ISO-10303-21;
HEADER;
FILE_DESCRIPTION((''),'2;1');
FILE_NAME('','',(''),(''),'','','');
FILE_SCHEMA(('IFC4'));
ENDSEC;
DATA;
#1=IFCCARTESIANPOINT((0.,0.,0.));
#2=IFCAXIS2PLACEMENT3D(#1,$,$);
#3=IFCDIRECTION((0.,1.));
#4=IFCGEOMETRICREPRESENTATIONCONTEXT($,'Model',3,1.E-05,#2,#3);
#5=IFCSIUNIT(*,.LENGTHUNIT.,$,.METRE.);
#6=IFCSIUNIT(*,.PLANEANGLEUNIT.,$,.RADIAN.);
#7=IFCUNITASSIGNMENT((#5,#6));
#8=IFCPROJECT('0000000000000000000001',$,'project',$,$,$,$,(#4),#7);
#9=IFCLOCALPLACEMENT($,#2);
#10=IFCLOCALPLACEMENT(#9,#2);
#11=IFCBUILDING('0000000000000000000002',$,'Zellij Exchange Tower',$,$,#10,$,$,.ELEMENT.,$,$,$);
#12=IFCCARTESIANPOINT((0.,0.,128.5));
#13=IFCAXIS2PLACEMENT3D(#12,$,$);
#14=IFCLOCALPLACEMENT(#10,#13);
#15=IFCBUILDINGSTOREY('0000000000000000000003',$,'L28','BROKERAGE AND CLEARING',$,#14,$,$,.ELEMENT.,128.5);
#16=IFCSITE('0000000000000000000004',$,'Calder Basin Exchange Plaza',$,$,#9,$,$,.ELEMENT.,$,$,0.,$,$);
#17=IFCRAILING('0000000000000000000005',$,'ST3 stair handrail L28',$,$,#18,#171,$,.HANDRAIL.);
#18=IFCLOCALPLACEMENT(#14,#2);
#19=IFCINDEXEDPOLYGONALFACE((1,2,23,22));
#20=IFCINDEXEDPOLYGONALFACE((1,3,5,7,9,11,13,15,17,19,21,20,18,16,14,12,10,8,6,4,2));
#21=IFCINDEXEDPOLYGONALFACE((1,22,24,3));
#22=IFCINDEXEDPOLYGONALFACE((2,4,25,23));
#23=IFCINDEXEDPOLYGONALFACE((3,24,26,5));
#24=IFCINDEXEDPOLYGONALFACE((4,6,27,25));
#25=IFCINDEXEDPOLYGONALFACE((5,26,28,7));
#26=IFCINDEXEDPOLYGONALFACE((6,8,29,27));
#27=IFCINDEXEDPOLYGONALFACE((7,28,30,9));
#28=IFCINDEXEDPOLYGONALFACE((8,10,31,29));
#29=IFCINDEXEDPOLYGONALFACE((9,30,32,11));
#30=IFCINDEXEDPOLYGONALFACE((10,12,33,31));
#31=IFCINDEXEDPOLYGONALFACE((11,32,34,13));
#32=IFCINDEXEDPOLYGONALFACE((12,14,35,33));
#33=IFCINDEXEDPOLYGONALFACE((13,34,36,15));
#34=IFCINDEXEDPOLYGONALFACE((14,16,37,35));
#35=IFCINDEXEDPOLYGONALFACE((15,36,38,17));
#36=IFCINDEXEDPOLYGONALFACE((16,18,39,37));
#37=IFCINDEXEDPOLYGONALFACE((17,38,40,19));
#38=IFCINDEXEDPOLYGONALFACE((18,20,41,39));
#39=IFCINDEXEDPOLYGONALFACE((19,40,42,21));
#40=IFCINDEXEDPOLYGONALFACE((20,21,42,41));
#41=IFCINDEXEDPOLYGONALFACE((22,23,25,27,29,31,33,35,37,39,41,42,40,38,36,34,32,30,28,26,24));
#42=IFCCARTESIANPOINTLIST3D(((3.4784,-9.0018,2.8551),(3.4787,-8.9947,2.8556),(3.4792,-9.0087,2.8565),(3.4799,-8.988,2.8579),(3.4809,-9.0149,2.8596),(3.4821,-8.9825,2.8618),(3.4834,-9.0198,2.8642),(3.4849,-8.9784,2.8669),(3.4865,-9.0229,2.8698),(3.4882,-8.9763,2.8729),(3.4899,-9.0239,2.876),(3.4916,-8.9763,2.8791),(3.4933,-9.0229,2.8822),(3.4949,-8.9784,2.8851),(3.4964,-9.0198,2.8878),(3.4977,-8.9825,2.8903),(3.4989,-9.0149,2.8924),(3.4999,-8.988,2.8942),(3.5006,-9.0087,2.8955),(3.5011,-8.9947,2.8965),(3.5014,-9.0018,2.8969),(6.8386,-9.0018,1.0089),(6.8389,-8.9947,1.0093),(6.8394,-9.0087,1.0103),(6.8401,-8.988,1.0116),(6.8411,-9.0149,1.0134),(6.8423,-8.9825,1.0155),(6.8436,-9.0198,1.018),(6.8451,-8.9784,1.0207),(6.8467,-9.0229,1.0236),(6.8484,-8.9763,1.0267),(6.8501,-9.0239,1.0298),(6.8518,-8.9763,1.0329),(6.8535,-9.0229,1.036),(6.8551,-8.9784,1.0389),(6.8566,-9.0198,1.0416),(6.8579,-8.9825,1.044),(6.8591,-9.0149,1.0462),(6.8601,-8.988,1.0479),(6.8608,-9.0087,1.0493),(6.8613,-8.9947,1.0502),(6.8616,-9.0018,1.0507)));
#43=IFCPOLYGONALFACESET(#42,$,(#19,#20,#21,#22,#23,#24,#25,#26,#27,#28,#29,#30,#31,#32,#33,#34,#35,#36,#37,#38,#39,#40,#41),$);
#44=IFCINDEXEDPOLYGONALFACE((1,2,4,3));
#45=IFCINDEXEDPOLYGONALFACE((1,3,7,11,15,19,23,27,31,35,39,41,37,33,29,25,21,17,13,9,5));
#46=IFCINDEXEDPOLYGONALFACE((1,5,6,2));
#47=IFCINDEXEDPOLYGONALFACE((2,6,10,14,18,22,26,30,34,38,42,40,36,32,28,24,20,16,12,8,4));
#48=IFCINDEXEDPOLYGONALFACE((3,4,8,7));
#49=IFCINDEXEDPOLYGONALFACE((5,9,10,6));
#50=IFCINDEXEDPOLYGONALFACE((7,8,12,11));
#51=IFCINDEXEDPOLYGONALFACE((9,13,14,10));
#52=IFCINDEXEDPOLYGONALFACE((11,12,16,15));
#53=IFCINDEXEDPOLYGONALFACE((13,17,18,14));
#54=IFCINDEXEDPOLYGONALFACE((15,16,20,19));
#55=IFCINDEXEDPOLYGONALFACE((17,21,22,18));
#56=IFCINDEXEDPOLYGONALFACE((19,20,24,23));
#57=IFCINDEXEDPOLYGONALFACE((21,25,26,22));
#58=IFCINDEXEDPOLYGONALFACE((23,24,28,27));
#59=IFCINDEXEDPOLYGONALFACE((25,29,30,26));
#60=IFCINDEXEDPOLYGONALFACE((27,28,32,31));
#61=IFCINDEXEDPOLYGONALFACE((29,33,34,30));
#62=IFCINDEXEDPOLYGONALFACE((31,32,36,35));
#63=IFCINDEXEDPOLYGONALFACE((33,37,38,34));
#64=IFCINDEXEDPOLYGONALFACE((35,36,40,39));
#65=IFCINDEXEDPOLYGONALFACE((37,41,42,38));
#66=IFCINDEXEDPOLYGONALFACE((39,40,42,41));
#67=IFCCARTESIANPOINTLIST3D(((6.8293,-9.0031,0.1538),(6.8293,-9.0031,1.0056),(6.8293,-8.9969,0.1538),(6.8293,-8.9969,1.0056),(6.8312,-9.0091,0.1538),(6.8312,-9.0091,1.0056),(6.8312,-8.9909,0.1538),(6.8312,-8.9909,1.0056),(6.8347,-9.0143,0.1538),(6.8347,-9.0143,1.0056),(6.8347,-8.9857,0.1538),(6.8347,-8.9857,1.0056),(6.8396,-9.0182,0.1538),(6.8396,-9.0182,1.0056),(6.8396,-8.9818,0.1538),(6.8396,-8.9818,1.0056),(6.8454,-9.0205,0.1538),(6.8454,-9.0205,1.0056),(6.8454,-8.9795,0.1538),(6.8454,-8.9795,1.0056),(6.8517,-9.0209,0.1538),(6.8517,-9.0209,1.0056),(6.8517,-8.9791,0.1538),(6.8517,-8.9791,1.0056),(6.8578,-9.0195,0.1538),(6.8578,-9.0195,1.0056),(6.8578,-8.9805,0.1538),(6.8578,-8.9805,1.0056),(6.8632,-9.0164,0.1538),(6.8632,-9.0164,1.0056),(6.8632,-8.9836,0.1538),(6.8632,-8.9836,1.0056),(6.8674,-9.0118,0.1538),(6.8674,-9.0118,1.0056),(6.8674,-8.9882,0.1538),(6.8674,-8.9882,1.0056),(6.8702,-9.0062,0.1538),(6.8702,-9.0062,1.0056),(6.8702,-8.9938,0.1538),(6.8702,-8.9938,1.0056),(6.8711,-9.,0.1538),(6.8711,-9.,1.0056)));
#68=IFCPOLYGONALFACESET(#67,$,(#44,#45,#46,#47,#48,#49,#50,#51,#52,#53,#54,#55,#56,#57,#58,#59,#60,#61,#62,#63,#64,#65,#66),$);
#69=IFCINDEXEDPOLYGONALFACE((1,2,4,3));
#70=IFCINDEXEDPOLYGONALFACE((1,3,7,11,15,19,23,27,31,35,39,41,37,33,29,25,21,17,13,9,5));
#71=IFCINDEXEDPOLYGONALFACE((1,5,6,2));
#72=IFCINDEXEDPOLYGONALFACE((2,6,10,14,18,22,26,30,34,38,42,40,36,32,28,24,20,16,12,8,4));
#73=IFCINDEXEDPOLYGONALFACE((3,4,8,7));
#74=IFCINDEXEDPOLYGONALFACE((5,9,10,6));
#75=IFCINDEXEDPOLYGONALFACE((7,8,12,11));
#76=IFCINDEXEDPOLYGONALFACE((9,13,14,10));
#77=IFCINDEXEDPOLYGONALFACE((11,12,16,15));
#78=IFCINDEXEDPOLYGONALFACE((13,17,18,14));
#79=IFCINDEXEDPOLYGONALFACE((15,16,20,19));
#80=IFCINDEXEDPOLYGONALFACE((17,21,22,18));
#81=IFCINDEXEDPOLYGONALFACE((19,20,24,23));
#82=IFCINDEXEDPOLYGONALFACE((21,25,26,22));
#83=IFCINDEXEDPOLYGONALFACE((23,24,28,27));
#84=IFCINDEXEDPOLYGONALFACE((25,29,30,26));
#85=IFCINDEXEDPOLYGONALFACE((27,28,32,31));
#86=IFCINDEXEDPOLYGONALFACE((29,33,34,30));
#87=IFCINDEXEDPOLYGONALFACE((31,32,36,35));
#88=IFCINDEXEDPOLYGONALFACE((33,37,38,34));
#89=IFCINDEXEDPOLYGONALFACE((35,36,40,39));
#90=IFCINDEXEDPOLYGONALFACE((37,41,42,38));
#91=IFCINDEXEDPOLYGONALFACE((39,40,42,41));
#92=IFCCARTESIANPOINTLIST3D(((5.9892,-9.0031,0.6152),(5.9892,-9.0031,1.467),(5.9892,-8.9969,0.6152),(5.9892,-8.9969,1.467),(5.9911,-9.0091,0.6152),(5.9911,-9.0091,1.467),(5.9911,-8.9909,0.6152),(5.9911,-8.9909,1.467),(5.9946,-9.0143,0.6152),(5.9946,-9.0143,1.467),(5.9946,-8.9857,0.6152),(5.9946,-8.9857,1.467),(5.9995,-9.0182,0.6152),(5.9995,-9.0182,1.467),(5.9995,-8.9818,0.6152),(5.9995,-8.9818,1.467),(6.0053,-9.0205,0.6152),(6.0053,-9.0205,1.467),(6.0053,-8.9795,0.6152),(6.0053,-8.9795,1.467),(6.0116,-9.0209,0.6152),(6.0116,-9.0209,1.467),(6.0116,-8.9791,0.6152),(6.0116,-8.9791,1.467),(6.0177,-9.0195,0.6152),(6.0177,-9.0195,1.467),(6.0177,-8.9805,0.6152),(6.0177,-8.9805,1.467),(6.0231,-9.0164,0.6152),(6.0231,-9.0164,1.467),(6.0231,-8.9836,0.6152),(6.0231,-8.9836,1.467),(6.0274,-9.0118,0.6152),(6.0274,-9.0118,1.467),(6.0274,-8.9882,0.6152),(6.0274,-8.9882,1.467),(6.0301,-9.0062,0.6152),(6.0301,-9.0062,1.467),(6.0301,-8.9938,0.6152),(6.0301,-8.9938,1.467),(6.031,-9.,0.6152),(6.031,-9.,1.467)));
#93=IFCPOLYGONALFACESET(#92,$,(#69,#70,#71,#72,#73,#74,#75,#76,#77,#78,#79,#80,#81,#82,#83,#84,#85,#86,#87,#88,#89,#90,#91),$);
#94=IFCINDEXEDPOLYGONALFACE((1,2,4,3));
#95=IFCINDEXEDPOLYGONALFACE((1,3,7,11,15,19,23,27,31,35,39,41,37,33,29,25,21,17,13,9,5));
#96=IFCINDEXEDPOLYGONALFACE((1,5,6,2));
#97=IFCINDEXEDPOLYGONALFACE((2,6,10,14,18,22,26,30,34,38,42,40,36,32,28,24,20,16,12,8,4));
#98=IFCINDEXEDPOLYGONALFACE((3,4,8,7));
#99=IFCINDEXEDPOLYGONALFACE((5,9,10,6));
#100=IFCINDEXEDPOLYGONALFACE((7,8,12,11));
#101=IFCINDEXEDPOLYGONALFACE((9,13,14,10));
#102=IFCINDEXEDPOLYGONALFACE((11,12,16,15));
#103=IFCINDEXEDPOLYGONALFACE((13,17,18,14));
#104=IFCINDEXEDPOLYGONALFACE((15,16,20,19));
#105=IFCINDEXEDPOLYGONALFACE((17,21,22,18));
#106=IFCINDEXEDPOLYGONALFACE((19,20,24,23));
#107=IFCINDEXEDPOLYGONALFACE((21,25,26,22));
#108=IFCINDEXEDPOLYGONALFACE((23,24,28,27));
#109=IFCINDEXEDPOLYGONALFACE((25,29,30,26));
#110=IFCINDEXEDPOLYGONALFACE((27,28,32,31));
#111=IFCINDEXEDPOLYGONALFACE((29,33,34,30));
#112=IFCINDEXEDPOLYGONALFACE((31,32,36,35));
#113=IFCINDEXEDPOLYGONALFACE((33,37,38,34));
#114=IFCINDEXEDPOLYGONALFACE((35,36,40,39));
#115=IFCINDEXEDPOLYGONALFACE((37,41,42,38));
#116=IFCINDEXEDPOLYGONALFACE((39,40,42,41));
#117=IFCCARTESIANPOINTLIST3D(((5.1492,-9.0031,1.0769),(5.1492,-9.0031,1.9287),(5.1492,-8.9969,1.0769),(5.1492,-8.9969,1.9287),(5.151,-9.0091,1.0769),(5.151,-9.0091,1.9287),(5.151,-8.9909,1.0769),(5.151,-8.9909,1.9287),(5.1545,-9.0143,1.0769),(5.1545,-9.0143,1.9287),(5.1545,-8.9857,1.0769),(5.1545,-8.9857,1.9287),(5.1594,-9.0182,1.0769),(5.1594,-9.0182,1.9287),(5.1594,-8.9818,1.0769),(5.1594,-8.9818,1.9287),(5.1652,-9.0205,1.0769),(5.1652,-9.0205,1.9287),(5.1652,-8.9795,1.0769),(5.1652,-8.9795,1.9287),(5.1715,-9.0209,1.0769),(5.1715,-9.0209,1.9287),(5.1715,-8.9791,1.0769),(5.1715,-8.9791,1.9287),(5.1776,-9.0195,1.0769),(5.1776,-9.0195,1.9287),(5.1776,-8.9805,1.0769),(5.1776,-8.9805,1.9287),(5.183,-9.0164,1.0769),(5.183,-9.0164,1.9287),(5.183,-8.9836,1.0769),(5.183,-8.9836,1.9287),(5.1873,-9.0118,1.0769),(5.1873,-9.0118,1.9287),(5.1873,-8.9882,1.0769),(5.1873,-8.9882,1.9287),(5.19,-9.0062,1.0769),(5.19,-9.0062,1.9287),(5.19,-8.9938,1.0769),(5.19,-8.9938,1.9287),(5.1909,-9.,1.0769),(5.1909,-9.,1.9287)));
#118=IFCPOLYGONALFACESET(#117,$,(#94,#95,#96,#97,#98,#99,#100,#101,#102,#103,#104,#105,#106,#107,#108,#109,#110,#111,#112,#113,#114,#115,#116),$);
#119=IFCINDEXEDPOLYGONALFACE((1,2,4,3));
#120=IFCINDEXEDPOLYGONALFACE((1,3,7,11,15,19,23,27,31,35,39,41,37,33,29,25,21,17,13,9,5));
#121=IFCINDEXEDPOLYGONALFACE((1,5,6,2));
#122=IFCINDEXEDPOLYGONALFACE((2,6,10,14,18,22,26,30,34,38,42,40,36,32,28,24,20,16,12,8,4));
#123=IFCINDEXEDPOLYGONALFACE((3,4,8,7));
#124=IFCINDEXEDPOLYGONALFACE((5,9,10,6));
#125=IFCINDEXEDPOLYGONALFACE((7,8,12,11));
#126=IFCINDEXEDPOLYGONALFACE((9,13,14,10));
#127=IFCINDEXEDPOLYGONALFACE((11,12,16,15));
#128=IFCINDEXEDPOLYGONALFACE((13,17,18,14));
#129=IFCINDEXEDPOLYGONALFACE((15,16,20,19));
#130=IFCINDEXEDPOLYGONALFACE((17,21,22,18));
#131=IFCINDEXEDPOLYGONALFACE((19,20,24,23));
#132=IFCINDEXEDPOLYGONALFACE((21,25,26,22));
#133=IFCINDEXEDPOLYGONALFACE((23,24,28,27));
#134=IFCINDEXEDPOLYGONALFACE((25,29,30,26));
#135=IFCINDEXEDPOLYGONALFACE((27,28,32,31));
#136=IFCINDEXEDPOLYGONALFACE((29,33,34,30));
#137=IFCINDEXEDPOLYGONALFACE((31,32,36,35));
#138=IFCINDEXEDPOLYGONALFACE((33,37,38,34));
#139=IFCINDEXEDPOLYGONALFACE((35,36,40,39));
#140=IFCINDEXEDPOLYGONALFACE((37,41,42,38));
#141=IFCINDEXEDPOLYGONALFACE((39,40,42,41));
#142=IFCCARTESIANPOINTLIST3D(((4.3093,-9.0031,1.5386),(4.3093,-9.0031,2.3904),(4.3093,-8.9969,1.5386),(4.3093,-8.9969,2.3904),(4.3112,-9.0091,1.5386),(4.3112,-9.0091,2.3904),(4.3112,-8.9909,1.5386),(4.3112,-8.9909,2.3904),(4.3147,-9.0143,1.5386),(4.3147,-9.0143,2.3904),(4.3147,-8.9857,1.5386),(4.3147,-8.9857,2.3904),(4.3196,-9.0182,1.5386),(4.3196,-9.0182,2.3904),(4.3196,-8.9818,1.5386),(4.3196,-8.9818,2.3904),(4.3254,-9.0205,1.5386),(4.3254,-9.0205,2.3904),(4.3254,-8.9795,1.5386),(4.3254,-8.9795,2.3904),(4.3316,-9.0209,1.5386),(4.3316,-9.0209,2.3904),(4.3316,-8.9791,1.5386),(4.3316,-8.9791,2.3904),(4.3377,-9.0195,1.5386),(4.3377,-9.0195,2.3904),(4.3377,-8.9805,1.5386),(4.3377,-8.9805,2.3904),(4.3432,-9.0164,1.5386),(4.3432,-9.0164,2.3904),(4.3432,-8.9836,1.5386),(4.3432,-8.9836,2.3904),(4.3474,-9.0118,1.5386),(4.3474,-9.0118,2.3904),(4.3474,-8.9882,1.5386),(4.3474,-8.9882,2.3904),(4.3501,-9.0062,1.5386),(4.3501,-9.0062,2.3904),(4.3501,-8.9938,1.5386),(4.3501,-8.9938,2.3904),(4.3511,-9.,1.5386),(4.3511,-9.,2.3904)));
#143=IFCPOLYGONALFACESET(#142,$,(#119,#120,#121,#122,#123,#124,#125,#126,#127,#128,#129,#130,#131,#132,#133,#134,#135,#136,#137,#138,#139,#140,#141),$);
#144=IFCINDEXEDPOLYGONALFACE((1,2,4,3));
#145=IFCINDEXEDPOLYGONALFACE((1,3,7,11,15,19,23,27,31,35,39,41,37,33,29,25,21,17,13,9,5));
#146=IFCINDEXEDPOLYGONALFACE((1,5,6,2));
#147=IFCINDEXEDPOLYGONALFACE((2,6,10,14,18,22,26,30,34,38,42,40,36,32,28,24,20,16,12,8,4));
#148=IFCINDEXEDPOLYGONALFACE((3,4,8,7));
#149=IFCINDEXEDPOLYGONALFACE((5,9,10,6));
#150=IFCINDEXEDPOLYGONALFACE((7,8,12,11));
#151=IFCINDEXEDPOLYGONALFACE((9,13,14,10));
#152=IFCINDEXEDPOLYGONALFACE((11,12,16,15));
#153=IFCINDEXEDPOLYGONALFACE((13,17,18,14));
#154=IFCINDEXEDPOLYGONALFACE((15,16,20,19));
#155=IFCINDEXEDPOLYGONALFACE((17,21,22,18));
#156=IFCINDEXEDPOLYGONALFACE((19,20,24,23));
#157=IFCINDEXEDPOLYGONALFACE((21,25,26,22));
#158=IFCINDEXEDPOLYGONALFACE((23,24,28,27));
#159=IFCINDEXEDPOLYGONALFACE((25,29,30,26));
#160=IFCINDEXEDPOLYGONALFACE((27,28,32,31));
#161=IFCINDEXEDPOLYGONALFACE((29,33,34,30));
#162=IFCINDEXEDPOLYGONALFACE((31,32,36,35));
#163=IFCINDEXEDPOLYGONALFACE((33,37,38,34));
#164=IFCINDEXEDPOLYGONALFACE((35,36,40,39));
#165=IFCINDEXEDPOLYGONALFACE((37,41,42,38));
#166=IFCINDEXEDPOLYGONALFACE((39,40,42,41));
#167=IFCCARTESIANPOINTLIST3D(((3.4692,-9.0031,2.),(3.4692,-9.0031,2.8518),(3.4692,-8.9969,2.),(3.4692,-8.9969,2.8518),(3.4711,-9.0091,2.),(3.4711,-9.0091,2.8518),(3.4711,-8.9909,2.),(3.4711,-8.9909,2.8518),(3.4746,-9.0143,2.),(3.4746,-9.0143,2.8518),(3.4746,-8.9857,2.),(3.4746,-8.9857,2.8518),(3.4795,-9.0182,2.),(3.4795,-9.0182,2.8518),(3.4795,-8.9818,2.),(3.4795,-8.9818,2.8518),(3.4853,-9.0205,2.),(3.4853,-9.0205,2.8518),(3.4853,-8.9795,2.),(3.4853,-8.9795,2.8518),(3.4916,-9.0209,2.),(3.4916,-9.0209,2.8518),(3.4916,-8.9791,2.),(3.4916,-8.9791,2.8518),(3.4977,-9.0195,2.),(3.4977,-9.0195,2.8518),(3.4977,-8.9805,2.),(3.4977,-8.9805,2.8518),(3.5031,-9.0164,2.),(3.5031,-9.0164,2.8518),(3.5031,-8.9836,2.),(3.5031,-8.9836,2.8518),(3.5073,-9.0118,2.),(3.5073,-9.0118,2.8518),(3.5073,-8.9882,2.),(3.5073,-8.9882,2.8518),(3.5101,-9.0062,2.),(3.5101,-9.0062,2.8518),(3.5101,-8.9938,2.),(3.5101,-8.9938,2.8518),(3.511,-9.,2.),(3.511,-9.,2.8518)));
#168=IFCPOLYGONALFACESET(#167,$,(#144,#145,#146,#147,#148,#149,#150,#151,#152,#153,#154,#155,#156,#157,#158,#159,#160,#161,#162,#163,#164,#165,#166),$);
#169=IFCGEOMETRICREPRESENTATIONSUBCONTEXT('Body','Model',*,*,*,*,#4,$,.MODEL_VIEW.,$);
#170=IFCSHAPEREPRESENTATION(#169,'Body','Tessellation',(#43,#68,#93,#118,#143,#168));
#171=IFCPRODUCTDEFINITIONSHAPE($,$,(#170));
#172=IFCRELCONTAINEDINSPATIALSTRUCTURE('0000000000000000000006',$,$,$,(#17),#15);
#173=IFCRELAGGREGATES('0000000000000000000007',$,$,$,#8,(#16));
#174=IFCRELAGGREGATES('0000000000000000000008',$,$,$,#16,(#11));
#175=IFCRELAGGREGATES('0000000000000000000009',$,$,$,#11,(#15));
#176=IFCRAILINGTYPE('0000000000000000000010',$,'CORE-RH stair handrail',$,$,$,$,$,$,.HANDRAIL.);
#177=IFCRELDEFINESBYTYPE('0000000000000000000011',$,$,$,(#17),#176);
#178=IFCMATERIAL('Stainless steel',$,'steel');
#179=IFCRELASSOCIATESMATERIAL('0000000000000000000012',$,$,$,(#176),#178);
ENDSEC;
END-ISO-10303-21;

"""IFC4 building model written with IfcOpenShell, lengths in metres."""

from ifc_helpers import new_model, si_unit, direction, frame, origin, origin_2d, place, context, subcontext, project, spatial, circle, extrude, material, type_object, element, save


model = new_model("IFC4")

# Units and contexts
model_context = context("Model", 3, precision=1e-05, world=origin(), true_north=direction((0.0, 1.0)))
body_context = subcontext(model_context, "Body", "Model", "MODEL_VIEW")
ifc_project = project(units=[si_unit("LENGTHUNIT", "METRE"), si_unit("PLANEANGLEUNIT", "RADIAN")], contexts=[model_context])

# Site, building, storey
site_placement = place(None, origin())
site = spatial("IfcSite", under=ifc_project, at=site_placement, Name="Calder Basin Exchange Plaza", CompositionType="ELEMENT", RefElevation=0.0)
building_placement = place(site_placement, origin())
building = spatial("IfcBuilding", under=site, at=building_placement, Name="Zellij Exchange Tower", CompositionType="ELEMENT")
storey_placement = place(building_placement, frame((0.0, 0.0, 128.5)))
storey = spatial("IfcBuildingStorey", under=building, at=storey_placement, Name="L28", Description="BROKERAGE AND CLEARING", CompositionType="ELEMENT", Elevation=128.5)

# Railing
ifc_material_1 = material(Name="Stainless steel", Category="steel")
railing_type_1 = type_object("IfcRailingType", Name="CORE-RH stair handrail", PredefinedType="HANDRAIL", material=ifc_material_1)
railing_1_placement = place(storey_placement, frame((6.8501, -9.0, 0.1538)))
element("IfcRailing", 1, at=railing_1_placement, inside=storey, type_object=railing_type_1, Name="ST3 stair handrail L28", PredefinedType="HANDRAIL", context=body_context, shape_type="SweptSolid", body=[
    extrude(circle(Radius=0.0239, at=origin_2d()), frame((0.0, 0.0, 0.876), z_axis=(-0.876422, 0.0, 0.481545), x_axis=(0.0, -1.0, 0.0)), (0.0, 0.0, 1.0), 3.834),
    extrude(circle(Radius=0.021, at=origin_2d()), origin(), (0.0, 0.0, 1.0), 0.8518),
    extrude(circle(Radius=0.021, at=origin_2d()), frame((-0.8401, 0.0, 0.4614)), (0.0, 0.0, 1.0), 0.8518),
    extrude(circle(Radius=0.021, at=origin_2d()), frame((-1.6802, 0.0, 0.9231)), (0.0, 0.0, 1.0), 0.8518),
    extrude(circle(Radius=0.021, at=origin_2d()), frame((-2.52, 0.0, 1.3848)), (0.0, 0.0, 1.0), 0.8518),
    extrude(circle(Radius=0.021, at=origin_2d()), frame((-3.3601, 0.0, 1.8462)), (0.0, 0.0, 1.0), 0.8518),
])

save(model, "model.ifc")
